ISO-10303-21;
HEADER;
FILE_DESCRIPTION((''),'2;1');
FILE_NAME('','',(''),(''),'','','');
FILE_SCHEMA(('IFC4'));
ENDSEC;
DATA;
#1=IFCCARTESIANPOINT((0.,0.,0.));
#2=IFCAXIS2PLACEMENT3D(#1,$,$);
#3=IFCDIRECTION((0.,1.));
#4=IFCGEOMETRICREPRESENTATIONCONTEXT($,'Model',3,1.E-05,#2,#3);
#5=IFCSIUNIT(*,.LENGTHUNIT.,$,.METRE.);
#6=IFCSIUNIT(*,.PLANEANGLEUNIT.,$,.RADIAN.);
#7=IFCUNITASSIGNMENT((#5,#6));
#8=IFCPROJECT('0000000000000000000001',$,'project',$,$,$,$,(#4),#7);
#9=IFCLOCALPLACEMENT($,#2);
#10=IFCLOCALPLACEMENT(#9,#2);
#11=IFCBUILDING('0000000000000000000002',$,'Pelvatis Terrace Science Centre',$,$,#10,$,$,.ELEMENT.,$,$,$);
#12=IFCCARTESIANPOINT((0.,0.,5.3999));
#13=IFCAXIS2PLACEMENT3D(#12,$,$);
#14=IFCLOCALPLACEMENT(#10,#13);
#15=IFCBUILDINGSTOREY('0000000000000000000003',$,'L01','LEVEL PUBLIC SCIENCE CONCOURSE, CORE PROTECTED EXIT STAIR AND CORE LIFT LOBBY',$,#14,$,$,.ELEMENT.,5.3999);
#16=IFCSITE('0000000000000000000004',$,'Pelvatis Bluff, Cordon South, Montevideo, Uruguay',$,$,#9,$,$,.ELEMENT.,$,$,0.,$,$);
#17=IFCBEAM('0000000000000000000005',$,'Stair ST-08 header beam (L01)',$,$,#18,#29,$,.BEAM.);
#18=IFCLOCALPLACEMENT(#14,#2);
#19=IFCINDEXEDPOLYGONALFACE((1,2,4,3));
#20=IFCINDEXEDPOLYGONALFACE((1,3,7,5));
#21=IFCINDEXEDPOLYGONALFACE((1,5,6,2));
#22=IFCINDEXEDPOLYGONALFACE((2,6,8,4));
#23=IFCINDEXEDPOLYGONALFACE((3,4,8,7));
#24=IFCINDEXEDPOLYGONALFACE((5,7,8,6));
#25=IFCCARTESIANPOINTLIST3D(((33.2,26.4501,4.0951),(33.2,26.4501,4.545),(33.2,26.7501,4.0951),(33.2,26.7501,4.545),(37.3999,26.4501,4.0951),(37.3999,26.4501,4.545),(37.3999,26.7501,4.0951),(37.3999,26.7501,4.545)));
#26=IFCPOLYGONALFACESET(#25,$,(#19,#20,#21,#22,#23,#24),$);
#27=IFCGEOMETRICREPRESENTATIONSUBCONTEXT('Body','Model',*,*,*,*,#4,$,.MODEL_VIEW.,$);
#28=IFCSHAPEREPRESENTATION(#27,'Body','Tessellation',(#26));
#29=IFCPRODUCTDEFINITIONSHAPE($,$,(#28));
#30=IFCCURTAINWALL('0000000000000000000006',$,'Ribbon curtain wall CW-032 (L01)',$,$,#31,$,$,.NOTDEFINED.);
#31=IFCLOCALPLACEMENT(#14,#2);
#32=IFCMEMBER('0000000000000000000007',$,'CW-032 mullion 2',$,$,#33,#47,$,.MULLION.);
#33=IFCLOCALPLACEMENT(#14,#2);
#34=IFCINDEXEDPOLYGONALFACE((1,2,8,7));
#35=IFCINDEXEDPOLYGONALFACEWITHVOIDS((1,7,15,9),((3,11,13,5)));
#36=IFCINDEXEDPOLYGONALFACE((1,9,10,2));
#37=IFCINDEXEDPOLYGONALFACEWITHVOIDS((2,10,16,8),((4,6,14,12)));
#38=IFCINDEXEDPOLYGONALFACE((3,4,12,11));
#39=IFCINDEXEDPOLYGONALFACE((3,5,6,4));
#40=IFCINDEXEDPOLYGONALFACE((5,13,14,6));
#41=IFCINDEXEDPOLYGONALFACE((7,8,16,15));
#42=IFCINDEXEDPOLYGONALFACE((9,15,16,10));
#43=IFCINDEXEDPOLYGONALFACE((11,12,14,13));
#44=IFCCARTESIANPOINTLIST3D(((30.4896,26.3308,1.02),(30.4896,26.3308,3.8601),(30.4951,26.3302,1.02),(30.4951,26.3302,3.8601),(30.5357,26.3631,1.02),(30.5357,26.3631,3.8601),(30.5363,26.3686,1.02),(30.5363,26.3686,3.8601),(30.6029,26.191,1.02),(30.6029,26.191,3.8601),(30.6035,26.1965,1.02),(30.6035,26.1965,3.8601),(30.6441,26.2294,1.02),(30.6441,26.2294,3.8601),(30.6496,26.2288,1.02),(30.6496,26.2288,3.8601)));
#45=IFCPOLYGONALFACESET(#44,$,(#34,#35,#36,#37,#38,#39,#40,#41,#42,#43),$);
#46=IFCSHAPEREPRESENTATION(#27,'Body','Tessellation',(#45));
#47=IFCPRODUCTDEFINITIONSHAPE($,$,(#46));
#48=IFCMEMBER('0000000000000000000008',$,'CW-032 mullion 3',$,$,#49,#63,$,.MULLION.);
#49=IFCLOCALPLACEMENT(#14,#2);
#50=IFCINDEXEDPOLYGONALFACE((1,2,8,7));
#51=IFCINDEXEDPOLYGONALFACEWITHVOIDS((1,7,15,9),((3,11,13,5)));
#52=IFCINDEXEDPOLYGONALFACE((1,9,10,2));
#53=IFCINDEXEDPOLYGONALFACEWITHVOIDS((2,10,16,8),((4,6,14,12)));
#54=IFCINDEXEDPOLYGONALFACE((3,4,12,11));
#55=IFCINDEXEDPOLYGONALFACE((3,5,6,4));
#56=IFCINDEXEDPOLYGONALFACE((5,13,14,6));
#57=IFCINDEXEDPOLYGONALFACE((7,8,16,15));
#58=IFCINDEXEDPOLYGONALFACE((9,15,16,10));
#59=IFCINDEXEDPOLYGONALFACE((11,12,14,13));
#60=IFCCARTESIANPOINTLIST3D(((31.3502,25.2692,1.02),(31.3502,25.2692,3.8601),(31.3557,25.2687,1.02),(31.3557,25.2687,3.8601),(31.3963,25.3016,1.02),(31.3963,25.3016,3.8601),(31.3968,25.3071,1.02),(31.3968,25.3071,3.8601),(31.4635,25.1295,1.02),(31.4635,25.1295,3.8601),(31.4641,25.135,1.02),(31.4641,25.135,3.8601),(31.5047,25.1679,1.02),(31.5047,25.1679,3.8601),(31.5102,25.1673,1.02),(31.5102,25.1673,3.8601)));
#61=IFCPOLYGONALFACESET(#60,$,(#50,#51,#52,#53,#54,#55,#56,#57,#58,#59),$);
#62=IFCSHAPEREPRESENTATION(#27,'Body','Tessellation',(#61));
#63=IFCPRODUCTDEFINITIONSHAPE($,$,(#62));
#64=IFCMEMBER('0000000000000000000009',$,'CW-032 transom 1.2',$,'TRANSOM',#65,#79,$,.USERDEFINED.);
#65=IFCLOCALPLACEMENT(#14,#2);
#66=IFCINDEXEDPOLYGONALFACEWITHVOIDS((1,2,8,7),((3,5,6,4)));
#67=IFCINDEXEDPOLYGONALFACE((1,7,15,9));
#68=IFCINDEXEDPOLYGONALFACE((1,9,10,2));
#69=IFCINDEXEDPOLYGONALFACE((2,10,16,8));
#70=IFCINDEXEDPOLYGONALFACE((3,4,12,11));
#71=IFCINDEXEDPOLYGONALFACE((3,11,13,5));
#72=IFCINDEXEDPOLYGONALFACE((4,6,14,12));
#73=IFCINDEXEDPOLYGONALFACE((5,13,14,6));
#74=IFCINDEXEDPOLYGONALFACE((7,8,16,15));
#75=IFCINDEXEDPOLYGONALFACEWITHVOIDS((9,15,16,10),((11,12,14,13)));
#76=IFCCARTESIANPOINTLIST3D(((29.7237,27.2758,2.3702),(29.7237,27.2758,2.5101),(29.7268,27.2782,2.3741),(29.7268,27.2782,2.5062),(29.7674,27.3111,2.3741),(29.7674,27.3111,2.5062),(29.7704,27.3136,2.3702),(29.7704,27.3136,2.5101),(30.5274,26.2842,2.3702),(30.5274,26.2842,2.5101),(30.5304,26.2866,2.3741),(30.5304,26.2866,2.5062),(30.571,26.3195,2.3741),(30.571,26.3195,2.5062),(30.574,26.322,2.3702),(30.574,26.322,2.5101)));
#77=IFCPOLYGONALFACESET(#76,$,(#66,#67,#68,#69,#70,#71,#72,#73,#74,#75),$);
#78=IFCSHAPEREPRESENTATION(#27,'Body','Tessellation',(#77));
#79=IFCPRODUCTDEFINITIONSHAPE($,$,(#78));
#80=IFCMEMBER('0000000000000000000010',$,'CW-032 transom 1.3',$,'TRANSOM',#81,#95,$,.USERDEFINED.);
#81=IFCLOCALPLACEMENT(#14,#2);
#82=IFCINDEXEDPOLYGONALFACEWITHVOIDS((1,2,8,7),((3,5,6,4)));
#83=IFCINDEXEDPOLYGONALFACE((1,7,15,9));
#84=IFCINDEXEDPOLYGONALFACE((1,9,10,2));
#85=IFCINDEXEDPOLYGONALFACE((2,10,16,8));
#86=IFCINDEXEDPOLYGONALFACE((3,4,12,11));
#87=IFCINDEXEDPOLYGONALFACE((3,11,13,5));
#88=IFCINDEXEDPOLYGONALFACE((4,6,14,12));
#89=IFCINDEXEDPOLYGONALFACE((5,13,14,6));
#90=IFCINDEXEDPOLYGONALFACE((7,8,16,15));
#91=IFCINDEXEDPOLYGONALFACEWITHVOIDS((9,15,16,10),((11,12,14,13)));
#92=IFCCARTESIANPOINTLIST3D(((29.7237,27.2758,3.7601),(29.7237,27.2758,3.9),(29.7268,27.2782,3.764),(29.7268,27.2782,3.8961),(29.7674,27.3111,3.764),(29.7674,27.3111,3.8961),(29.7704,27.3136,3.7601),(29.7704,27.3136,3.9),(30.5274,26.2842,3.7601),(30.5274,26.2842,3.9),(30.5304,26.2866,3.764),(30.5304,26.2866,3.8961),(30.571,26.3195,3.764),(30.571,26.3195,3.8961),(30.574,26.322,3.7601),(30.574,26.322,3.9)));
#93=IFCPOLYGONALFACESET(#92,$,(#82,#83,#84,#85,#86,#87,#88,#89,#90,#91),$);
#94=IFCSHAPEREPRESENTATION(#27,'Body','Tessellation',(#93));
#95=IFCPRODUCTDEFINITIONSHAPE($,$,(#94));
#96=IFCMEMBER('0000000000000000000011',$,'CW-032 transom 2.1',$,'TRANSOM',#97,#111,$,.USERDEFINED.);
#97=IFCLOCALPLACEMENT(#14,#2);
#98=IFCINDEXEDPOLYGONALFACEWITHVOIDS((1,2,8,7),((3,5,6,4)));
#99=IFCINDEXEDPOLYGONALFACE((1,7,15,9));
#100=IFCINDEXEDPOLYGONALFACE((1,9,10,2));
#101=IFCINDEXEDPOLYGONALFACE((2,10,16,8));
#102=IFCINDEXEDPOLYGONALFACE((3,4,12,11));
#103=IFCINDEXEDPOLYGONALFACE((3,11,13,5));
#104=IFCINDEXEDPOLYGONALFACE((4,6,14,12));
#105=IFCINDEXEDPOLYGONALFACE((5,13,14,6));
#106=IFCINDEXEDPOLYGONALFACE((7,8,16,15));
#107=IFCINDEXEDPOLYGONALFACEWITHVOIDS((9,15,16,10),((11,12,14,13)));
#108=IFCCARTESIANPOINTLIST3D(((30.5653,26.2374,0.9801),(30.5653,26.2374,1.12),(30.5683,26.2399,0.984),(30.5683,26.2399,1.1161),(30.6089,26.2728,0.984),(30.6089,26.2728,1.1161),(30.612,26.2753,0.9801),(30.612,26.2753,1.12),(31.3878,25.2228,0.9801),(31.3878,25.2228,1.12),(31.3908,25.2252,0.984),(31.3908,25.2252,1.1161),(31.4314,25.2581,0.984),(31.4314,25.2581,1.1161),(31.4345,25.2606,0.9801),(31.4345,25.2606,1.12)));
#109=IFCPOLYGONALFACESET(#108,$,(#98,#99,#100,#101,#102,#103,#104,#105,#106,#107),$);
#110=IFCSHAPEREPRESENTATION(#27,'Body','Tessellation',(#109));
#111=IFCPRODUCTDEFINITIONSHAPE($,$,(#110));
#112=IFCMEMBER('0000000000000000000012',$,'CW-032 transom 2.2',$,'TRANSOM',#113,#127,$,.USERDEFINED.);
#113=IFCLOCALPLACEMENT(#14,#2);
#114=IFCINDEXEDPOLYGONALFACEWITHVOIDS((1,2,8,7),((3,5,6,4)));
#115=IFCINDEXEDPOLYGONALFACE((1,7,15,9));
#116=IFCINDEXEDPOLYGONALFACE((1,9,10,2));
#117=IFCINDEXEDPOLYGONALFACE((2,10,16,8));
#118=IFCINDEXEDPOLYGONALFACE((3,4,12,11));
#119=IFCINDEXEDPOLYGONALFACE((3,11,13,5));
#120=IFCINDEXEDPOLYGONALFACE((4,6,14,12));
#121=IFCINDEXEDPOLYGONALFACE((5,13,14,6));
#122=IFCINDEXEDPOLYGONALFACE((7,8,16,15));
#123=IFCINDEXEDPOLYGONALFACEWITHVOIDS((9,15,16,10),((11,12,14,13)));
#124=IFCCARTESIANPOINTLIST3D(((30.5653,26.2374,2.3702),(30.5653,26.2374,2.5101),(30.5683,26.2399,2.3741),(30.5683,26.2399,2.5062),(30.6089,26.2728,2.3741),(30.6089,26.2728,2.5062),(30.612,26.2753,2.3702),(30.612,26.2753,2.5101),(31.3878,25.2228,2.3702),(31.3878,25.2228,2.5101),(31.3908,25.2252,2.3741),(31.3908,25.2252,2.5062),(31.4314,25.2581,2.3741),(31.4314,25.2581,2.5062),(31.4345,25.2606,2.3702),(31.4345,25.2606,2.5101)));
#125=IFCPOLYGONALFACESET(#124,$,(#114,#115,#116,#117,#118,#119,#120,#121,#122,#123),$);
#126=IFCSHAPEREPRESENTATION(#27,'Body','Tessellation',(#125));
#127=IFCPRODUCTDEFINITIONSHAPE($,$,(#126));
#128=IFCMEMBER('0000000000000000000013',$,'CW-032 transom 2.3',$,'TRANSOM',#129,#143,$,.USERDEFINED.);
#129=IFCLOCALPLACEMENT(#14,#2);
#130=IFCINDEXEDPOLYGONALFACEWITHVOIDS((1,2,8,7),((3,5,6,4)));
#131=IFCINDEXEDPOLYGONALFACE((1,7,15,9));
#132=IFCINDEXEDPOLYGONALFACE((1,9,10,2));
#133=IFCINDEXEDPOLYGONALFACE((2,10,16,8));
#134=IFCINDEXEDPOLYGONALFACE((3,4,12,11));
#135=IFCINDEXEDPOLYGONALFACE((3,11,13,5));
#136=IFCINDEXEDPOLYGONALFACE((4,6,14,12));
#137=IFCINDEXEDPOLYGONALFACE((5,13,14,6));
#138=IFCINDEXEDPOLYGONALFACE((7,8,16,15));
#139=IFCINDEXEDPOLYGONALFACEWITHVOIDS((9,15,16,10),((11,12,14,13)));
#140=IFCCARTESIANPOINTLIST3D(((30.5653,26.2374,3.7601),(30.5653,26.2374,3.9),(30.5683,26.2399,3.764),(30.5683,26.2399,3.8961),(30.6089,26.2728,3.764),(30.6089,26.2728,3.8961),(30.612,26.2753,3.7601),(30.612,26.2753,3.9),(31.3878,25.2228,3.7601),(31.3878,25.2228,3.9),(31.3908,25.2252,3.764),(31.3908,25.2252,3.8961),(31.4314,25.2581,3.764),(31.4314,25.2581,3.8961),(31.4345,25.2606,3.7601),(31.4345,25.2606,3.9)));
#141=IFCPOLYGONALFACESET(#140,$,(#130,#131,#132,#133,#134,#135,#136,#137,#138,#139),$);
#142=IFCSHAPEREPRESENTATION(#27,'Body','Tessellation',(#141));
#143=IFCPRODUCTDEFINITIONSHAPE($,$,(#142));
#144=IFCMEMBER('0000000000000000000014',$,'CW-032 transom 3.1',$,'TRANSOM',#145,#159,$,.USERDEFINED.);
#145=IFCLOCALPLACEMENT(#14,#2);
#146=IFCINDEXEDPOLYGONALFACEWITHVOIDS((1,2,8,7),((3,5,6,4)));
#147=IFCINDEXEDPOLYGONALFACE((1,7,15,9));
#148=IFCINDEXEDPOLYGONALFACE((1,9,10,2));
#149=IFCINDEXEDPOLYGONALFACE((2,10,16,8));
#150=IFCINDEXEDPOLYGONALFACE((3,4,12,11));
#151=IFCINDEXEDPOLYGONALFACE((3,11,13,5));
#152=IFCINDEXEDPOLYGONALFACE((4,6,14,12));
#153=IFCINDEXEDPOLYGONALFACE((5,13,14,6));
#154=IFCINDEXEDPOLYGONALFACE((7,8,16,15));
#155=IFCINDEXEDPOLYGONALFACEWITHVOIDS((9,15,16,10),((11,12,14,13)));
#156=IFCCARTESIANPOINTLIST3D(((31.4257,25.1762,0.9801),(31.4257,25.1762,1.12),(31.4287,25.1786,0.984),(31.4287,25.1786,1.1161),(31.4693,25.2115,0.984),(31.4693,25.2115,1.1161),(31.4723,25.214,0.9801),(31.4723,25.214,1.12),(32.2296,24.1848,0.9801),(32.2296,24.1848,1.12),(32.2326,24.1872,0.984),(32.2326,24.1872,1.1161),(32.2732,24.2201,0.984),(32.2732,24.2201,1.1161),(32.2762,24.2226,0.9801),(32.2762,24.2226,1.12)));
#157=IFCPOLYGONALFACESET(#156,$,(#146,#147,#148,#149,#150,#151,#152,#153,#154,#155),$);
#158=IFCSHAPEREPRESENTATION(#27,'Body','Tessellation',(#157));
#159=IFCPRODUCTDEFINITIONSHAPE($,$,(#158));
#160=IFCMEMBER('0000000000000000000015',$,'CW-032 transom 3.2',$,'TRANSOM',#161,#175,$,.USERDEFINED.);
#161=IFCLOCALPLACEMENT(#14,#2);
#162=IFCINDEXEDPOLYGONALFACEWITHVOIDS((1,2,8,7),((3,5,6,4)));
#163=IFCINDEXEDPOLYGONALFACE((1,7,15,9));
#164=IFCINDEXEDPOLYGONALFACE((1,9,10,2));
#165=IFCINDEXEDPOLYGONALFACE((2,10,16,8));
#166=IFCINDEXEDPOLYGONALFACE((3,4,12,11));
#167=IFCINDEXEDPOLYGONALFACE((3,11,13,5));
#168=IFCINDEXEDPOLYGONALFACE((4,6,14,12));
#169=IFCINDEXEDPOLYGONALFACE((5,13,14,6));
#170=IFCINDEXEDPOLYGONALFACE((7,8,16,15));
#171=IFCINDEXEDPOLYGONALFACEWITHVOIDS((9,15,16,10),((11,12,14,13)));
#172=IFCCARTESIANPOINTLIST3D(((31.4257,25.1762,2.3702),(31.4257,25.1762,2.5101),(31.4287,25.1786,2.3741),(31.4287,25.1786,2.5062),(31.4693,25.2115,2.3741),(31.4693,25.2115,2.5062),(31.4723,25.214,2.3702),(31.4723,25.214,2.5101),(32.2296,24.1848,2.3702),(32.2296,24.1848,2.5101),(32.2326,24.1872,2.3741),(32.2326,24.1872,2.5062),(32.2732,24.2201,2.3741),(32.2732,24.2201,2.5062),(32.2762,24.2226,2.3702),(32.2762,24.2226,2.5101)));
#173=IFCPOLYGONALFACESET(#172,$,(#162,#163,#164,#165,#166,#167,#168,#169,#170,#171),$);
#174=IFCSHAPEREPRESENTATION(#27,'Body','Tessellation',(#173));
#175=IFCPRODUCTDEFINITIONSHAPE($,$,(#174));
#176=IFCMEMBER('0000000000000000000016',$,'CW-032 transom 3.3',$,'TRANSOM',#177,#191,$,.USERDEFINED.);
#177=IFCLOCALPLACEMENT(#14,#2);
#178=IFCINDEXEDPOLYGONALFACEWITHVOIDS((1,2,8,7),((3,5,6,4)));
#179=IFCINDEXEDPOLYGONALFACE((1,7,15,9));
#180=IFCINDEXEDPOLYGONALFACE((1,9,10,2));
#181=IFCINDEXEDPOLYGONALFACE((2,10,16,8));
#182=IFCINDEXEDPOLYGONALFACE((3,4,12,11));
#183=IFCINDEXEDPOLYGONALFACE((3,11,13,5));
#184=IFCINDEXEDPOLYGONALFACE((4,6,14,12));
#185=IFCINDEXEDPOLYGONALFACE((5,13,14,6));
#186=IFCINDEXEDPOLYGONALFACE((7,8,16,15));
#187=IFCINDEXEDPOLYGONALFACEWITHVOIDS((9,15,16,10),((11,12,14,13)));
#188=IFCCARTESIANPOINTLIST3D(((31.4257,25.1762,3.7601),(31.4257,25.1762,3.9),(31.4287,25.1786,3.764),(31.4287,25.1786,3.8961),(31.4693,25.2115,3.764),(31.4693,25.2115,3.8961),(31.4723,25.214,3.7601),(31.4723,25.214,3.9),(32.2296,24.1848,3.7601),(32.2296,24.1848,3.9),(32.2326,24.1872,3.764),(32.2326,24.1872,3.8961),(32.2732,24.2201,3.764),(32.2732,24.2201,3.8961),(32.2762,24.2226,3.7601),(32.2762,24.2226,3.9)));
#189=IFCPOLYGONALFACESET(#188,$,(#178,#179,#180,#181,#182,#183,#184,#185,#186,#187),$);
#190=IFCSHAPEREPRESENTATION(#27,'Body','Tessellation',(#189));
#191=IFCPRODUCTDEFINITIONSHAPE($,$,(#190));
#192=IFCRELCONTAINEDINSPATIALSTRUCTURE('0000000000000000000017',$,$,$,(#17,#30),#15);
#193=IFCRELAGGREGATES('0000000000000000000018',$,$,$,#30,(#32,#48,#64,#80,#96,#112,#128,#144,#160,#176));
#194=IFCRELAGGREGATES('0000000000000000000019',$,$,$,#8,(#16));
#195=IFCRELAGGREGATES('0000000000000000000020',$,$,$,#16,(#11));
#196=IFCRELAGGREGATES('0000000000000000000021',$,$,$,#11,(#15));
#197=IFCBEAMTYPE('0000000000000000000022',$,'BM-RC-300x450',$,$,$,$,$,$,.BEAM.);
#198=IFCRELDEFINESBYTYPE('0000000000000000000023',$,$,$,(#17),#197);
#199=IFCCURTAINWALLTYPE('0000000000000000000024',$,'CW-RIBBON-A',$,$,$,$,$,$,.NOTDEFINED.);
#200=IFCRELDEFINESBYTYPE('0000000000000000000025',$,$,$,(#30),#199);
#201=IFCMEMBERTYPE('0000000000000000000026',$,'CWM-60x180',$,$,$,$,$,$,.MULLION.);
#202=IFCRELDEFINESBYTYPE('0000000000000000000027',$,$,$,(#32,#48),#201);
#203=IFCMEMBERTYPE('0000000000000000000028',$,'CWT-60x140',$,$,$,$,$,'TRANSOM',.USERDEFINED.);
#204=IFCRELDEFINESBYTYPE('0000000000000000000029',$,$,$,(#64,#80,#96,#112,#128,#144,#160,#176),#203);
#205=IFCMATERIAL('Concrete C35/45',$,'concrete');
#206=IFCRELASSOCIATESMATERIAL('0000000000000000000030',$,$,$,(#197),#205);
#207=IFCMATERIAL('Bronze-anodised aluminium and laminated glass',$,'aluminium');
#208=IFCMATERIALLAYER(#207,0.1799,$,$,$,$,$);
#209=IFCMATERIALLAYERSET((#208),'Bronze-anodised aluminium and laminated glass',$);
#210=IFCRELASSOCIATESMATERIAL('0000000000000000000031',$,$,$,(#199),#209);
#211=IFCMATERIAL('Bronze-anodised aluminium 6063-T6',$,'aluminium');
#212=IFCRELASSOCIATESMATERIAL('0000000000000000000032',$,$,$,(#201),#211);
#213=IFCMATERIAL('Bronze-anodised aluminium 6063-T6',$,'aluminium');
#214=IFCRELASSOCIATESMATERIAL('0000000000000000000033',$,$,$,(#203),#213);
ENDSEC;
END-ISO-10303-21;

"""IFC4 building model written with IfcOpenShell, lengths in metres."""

from ifc_helpers import new_model, si_unit, direction, frame, origin, origin_2d, place, context, subcontext, project, spatial, rectangle, hollow_rectangle, extrude, material, layer, layer_set, material_profile, profile_set, type_object, element, aggregate, save


model = new_model("IFC4")

# Units and contexts
model_context = context("Model", 3, precision=1e-05, world=origin(), true_north=direction((0.0, 1.0)))
body_context = subcontext(model_context, "Body", "Model", "MODEL_VIEW")
ifc_project = project(units=[si_unit("LENGTHUNIT", "METRE"), si_unit("PLANEANGLEUNIT", "RADIAN")], contexts=[model_context])

# Site, building, storey
site_placement = place(None, origin())
site = spatial("IfcSite", under=ifc_project, at=site_placement, Name="Pelvatis Bluff, Cordon South, Montevideo, Uruguay", CompositionType="ELEMENT", RefElevation=0.0)
building_placement = place(site_placement, origin())
building = spatial("IfcBuilding", under=site, at=building_placement, Name="Pelvatis Terrace Science Centre", CompositionType="ELEMENT")
storey_placement = place(building_placement, frame((0.0, 0.0, 5.3999)))
storey = spatial("IfcBuildingStorey", under=building, at=storey_placement, Name="L01", Description="LEVEL PUBLIC SCIENCE CONCOURSE, CORE PROTECTED EXIT STAIR AND CORE LIFT LOBBY", CompositionType="ELEMENT", Elevation=5.3999)

# Beam
ifc_material_1 = material(Name="Concrete C35/45", Category="concrete")
ifc_material_profile_1 = material_profile(ifc_material_1, rectangle(XDim=0.3, YDim=0.45, at=origin_2d()), Name="RC-BM 300x450")
ifc_profile_set_1 = profile_set([ifc_material_profile_1], Name="Concrete C35/45")
beam_type = type_object("IfcBeamType", Name="BM-RC-300x450", PredefinedType="BEAM", material=ifc_profile_set_1)
beam_placement = place(storey_placement, frame((33.2, 26.6001, 4.3201), z_axis=(1.0, 0.0, 0.0), x_axis=(0.0, 1.0, 0.0)))
element("IfcBeam", 1, at=beam_placement, inside=storey, type_object=beam_type, Name="Stair ST-08 header beam (L01)", PredefinedType="BEAM", context=body_context, shape_type="SweptSolid", body=[
    extrude(rectangle(XDim=0.3, YDim=0.45, at=origin_2d()), origin(), (0.0, 0.0, 1.0), 4.2),
])

# Curtain wall, members
ifc_material_2 = material(Name="Bronze-anodised aluminium and laminated glass", Category="aluminium")
ifc_layer_1 = layer(ifc_material_2, 0.1799)
ifc_layer_set_1 = layer_set([ifc_layer_1], Name="Bronze-anodised aluminium and laminated glass")
curtain_wall_type = type_object("IfcCurtainWallType", Name="CW-RIBBON-A", PredefinedType="NOTDEFINED", material=ifc_layer_set_1)
curtain_wall_placement = place(storey_placement, origin())
curtain_wall = element("IfcCurtainWall", 2, at=curtain_wall_placement, inside=storey, type_object=curtain_wall_type, Name="Ribbon curtain wall CW-032 (L01)", PredefinedType="NOTDEFINED")
ifc_material_3 = material(Name="Bronze-anodised aluminium 6063-T6", Category="aluminium")
ifc_material_profile_2 = material_profile(ifc_material_3, hollow_rectangle(XDim=0.0601, YDim=0.1799, WallThickness=0.0039, at=origin_2d()), Name="ALU-MUL 60x180")
ifc_profile_set_2 = profile_set([ifc_material_profile_2], Name="Bronze-anodised aluminium 6063-T6")
member_type_1 = type_object("IfcMemberType", Name="CWM-60x180", PredefinedType="MULLION", material=ifc_profile_set_2)
member_1_placement = place(storey_placement, frame((30.5696, 26.2798, 1.02), z_axis=(0.0, 0.0, 1.0), x_axis=(0.776811, 0.629734, 0.0)))
member_1 = element("IfcMember", 3, at=member_1_placement, type_object=member_type_1, Name="CW-032 mullion 2", PredefinedType="MULLION", context=body_context, shape_type="SweptSolid", body=[
    extrude(hollow_rectangle(XDim=0.0601, YDim=0.1799, WallThickness=0.0039, at=origin_2d()), origin(), (0.0, 0.0, 1.0), 2.8401),
])
member_2_placement = place(storey_placement, frame((31.4302, 25.2183, 1.02), z_axis=(0.0, 0.0, 1.0), x_axis=(0.776811, 0.629734, 0.0)))
member_2 = element("IfcMember", 4, at=member_2_placement, type_object=member_type_1, Name="CW-032 mullion 3", PredefinedType="MULLION", context=body_context, shape_type="SweptSolid", body=[
    extrude(hollow_rectangle(XDim=0.0601, YDim=0.1799, WallThickness=0.0039, at=origin_2d()), origin(), (0.0, 0.0, 1.0), 2.8401),
])
ifc_material_4 = material(Name="Bronze-anodised aluminium 6063-T6", Category="aluminium")
ifc_material_profile_3 = material_profile(ifc_material_4, hollow_rectangle(XDim=0.0601, YDim=0.1399, WallThickness=0.0039, at=origin_2d()), Name="ALU-TRN 60x140")
ifc_profile_set_3 = profile_set([ifc_material_profile_3], Name="Bronze-anodised aluminium 6063-T6")
member_type_2 = type_object("IfcMemberType", Name="CWT-60x140", ElementType="TRANSOM", PredefinedType="USERDEFINED", material=ifc_profile_set_3)
member_3_placement = place(storey_placement, frame((29.7471, 27.2947, 2.4402), z_axis=(0.629627, -0.776897, 0.0), x_axis=(0.776897, 0.629627, 0.0)))
member_3 = element("IfcMember", 5, at=member_3_placement, type_object=member_type_2, Name="CW-032 transom 1.2", ObjectType="TRANSOM", PredefinedType="USERDEFINED", context=body_context, shape_type="SweptSolid", body=[
    extrude(hollow_rectangle(XDim=0.0601, YDim=0.1399, WallThickness=0.0039, at=origin_2d()), origin(), (0.0, 0.0, 1.0), 1.2764),
])
member_4_placement = place(storey_placement, frame((29.7471, 27.2947, 3.8301), z_axis=(0.629627, -0.776897, 0.0), x_axis=(0.776897, 0.629627, 0.0)))
member_4 = element("IfcMember", 6, at=member_4_placement, type_object=member_type_2, Name="CW-032 transom 1.3", ObjectType="TRANSOM", PredefinedType="USERDEFINED", context=body_context, shape_type="SweptSolid", body=[
    extrude(hollow_rectangle(XDim=0.0601, YDim=0.1399, WallThickness=0.0039, at=origin_2d()), origin(), (0.0, 0.0, 1.0), 1.2764),
])
member_5_placement = place(storey_placement, frame((30.5886, 26.2563, 1.05), z_axis=(0.62972, -0.776822, 0.0), x_axis=(0.776822, 0.62972, 0.0)))
member_5 = element("IfcMember", 7, at=member_5_placement, type_object=member_type_2, Name="CW-032 transom 2.1", ObjectType="TRANSOM", PredefinedType="USERDEFINED", context=body_context, shape_type="SweptSolid", body=[
    extrude(hollow_rectangle(XDim=0.0601, YDim=0.1399, WallThickness=0.0039, at=origin_2d()), origin(), (0.0, 0.0, 1.0), 1.3062),
])
member_6_placement = place(storey_placement, frame((30.5886, 26.2563, 2.4402), z_axis=(0.62972, -0.776822, 0.0), x_axis=(0.776822, 0.62972, 0.0)))
member_6 = element("IfcMember", 8, at=member_6_placement, type_object=member_type_2, Name="CW-032 transom 2.2", ObjectType="TRANSOM", PredefinedType="USERDEFINED", context=body_context, shape_type="SweptSolid", body=[
    extrude(hollow_rectangle(XDim=0.0601, YDim=0.1399, WallThickness=0.0039, at=origin_2d()), origin(), (0.0, 0.0, 1.0), 1.3062),
])
member_7_placement = place(storey_placement, frame((30.5886, 26.2563, 3.8301), z_axis=(0.62972, -0.776822, 0.0), x_axis=(0.776822, 0.62972, 0.0)))
member_7 = element("IfcMember", 9, at=member_7_placement, type_object=member_type_2, Name="CW-032 transom 2.3", ObjectType="TRANSOM", PredefinedType="USERDEFINED", context=body_context, shape_type="SweptSolid", body=[
    extrude(hollow_rectangle(XDim=0.0601, YDim=0.1399, WallThickness=0.0039, at=origin_2d()), origin(), (0.0, 0.0, 1.0), 1.3062),
])
member_8_placement = place(storey_placement, frame((31.449, 25.1951, 1.05), z_axis=(0.629836, -0.776728, 0.0), x_axis=(0.776728, 0.629836, 0.0)))
member_8 = element("IfcMember", 10, at=member_8_placement, type_object=member_type_2, Name="CW-032 transom 3.1", ObjectType="TRANSOM", PredefinedType="USERDEFINED", context=body_context, shape_type="SweptSolid", body=[
    extrude(hollow_rectangle(XDim=0.0601, YDim=0.1399, WallThickness=0.0039, at=origin_2d()), origin(), (0.0, 0.0, 1.0), 1.2764),
])
member_9_placement = place(storey_placement, frame((31.449, 25.1951, 2.4402), z_axis=(0.629836, -0.776728, 0.0), x_axis=(0.776728, 0.629836, 0.0)))
member_9 = element("IfcMember", 11, at=member_9_placement, type_object=member_type_2, Name="CW-032 transom 3.2", ObjectType="TRANSOM", PredefinedType="USERDEFINED", context=body_context, shape_type="SweptSolid", body=[
    extrude(hollow_rectangle(XDim=0.0601, YDim=0.1399, WallThickness=0.0039, at=origin_2d()), origin(), (0.0, 0.0, 1.0), 1.2764),
])
member_10_placement = place(storey_placement, frame((31.449, 25.1951, 3.8301), z_axis=(0.629836, -0.776728, 0.0), x_axis=(0.776728, 0.629836, 0.0)))
member_10 = element("IfcMember", 12, at=member_10_placement, type_object=member_type_2, Name="CW-032 transom 3.3", ObjectType="TRANSOM", PredefinedType="USERDEFINED", context=body_context, shape_type="SweptSolid", body=[
    extrude(hollow_rectangle(XDim=0.0601, YDim=0.1399, WallThickness=0.0039, at=origin_2d()), origin(), (0.0, 0.0, 1.0), 1.2764),
])
aggregate(curtain_wall, [member_1, member_2, member_3, member_4, member_5, member_6, member_7, member_8, member_9, member_10])

save(model, "model.ifc")
